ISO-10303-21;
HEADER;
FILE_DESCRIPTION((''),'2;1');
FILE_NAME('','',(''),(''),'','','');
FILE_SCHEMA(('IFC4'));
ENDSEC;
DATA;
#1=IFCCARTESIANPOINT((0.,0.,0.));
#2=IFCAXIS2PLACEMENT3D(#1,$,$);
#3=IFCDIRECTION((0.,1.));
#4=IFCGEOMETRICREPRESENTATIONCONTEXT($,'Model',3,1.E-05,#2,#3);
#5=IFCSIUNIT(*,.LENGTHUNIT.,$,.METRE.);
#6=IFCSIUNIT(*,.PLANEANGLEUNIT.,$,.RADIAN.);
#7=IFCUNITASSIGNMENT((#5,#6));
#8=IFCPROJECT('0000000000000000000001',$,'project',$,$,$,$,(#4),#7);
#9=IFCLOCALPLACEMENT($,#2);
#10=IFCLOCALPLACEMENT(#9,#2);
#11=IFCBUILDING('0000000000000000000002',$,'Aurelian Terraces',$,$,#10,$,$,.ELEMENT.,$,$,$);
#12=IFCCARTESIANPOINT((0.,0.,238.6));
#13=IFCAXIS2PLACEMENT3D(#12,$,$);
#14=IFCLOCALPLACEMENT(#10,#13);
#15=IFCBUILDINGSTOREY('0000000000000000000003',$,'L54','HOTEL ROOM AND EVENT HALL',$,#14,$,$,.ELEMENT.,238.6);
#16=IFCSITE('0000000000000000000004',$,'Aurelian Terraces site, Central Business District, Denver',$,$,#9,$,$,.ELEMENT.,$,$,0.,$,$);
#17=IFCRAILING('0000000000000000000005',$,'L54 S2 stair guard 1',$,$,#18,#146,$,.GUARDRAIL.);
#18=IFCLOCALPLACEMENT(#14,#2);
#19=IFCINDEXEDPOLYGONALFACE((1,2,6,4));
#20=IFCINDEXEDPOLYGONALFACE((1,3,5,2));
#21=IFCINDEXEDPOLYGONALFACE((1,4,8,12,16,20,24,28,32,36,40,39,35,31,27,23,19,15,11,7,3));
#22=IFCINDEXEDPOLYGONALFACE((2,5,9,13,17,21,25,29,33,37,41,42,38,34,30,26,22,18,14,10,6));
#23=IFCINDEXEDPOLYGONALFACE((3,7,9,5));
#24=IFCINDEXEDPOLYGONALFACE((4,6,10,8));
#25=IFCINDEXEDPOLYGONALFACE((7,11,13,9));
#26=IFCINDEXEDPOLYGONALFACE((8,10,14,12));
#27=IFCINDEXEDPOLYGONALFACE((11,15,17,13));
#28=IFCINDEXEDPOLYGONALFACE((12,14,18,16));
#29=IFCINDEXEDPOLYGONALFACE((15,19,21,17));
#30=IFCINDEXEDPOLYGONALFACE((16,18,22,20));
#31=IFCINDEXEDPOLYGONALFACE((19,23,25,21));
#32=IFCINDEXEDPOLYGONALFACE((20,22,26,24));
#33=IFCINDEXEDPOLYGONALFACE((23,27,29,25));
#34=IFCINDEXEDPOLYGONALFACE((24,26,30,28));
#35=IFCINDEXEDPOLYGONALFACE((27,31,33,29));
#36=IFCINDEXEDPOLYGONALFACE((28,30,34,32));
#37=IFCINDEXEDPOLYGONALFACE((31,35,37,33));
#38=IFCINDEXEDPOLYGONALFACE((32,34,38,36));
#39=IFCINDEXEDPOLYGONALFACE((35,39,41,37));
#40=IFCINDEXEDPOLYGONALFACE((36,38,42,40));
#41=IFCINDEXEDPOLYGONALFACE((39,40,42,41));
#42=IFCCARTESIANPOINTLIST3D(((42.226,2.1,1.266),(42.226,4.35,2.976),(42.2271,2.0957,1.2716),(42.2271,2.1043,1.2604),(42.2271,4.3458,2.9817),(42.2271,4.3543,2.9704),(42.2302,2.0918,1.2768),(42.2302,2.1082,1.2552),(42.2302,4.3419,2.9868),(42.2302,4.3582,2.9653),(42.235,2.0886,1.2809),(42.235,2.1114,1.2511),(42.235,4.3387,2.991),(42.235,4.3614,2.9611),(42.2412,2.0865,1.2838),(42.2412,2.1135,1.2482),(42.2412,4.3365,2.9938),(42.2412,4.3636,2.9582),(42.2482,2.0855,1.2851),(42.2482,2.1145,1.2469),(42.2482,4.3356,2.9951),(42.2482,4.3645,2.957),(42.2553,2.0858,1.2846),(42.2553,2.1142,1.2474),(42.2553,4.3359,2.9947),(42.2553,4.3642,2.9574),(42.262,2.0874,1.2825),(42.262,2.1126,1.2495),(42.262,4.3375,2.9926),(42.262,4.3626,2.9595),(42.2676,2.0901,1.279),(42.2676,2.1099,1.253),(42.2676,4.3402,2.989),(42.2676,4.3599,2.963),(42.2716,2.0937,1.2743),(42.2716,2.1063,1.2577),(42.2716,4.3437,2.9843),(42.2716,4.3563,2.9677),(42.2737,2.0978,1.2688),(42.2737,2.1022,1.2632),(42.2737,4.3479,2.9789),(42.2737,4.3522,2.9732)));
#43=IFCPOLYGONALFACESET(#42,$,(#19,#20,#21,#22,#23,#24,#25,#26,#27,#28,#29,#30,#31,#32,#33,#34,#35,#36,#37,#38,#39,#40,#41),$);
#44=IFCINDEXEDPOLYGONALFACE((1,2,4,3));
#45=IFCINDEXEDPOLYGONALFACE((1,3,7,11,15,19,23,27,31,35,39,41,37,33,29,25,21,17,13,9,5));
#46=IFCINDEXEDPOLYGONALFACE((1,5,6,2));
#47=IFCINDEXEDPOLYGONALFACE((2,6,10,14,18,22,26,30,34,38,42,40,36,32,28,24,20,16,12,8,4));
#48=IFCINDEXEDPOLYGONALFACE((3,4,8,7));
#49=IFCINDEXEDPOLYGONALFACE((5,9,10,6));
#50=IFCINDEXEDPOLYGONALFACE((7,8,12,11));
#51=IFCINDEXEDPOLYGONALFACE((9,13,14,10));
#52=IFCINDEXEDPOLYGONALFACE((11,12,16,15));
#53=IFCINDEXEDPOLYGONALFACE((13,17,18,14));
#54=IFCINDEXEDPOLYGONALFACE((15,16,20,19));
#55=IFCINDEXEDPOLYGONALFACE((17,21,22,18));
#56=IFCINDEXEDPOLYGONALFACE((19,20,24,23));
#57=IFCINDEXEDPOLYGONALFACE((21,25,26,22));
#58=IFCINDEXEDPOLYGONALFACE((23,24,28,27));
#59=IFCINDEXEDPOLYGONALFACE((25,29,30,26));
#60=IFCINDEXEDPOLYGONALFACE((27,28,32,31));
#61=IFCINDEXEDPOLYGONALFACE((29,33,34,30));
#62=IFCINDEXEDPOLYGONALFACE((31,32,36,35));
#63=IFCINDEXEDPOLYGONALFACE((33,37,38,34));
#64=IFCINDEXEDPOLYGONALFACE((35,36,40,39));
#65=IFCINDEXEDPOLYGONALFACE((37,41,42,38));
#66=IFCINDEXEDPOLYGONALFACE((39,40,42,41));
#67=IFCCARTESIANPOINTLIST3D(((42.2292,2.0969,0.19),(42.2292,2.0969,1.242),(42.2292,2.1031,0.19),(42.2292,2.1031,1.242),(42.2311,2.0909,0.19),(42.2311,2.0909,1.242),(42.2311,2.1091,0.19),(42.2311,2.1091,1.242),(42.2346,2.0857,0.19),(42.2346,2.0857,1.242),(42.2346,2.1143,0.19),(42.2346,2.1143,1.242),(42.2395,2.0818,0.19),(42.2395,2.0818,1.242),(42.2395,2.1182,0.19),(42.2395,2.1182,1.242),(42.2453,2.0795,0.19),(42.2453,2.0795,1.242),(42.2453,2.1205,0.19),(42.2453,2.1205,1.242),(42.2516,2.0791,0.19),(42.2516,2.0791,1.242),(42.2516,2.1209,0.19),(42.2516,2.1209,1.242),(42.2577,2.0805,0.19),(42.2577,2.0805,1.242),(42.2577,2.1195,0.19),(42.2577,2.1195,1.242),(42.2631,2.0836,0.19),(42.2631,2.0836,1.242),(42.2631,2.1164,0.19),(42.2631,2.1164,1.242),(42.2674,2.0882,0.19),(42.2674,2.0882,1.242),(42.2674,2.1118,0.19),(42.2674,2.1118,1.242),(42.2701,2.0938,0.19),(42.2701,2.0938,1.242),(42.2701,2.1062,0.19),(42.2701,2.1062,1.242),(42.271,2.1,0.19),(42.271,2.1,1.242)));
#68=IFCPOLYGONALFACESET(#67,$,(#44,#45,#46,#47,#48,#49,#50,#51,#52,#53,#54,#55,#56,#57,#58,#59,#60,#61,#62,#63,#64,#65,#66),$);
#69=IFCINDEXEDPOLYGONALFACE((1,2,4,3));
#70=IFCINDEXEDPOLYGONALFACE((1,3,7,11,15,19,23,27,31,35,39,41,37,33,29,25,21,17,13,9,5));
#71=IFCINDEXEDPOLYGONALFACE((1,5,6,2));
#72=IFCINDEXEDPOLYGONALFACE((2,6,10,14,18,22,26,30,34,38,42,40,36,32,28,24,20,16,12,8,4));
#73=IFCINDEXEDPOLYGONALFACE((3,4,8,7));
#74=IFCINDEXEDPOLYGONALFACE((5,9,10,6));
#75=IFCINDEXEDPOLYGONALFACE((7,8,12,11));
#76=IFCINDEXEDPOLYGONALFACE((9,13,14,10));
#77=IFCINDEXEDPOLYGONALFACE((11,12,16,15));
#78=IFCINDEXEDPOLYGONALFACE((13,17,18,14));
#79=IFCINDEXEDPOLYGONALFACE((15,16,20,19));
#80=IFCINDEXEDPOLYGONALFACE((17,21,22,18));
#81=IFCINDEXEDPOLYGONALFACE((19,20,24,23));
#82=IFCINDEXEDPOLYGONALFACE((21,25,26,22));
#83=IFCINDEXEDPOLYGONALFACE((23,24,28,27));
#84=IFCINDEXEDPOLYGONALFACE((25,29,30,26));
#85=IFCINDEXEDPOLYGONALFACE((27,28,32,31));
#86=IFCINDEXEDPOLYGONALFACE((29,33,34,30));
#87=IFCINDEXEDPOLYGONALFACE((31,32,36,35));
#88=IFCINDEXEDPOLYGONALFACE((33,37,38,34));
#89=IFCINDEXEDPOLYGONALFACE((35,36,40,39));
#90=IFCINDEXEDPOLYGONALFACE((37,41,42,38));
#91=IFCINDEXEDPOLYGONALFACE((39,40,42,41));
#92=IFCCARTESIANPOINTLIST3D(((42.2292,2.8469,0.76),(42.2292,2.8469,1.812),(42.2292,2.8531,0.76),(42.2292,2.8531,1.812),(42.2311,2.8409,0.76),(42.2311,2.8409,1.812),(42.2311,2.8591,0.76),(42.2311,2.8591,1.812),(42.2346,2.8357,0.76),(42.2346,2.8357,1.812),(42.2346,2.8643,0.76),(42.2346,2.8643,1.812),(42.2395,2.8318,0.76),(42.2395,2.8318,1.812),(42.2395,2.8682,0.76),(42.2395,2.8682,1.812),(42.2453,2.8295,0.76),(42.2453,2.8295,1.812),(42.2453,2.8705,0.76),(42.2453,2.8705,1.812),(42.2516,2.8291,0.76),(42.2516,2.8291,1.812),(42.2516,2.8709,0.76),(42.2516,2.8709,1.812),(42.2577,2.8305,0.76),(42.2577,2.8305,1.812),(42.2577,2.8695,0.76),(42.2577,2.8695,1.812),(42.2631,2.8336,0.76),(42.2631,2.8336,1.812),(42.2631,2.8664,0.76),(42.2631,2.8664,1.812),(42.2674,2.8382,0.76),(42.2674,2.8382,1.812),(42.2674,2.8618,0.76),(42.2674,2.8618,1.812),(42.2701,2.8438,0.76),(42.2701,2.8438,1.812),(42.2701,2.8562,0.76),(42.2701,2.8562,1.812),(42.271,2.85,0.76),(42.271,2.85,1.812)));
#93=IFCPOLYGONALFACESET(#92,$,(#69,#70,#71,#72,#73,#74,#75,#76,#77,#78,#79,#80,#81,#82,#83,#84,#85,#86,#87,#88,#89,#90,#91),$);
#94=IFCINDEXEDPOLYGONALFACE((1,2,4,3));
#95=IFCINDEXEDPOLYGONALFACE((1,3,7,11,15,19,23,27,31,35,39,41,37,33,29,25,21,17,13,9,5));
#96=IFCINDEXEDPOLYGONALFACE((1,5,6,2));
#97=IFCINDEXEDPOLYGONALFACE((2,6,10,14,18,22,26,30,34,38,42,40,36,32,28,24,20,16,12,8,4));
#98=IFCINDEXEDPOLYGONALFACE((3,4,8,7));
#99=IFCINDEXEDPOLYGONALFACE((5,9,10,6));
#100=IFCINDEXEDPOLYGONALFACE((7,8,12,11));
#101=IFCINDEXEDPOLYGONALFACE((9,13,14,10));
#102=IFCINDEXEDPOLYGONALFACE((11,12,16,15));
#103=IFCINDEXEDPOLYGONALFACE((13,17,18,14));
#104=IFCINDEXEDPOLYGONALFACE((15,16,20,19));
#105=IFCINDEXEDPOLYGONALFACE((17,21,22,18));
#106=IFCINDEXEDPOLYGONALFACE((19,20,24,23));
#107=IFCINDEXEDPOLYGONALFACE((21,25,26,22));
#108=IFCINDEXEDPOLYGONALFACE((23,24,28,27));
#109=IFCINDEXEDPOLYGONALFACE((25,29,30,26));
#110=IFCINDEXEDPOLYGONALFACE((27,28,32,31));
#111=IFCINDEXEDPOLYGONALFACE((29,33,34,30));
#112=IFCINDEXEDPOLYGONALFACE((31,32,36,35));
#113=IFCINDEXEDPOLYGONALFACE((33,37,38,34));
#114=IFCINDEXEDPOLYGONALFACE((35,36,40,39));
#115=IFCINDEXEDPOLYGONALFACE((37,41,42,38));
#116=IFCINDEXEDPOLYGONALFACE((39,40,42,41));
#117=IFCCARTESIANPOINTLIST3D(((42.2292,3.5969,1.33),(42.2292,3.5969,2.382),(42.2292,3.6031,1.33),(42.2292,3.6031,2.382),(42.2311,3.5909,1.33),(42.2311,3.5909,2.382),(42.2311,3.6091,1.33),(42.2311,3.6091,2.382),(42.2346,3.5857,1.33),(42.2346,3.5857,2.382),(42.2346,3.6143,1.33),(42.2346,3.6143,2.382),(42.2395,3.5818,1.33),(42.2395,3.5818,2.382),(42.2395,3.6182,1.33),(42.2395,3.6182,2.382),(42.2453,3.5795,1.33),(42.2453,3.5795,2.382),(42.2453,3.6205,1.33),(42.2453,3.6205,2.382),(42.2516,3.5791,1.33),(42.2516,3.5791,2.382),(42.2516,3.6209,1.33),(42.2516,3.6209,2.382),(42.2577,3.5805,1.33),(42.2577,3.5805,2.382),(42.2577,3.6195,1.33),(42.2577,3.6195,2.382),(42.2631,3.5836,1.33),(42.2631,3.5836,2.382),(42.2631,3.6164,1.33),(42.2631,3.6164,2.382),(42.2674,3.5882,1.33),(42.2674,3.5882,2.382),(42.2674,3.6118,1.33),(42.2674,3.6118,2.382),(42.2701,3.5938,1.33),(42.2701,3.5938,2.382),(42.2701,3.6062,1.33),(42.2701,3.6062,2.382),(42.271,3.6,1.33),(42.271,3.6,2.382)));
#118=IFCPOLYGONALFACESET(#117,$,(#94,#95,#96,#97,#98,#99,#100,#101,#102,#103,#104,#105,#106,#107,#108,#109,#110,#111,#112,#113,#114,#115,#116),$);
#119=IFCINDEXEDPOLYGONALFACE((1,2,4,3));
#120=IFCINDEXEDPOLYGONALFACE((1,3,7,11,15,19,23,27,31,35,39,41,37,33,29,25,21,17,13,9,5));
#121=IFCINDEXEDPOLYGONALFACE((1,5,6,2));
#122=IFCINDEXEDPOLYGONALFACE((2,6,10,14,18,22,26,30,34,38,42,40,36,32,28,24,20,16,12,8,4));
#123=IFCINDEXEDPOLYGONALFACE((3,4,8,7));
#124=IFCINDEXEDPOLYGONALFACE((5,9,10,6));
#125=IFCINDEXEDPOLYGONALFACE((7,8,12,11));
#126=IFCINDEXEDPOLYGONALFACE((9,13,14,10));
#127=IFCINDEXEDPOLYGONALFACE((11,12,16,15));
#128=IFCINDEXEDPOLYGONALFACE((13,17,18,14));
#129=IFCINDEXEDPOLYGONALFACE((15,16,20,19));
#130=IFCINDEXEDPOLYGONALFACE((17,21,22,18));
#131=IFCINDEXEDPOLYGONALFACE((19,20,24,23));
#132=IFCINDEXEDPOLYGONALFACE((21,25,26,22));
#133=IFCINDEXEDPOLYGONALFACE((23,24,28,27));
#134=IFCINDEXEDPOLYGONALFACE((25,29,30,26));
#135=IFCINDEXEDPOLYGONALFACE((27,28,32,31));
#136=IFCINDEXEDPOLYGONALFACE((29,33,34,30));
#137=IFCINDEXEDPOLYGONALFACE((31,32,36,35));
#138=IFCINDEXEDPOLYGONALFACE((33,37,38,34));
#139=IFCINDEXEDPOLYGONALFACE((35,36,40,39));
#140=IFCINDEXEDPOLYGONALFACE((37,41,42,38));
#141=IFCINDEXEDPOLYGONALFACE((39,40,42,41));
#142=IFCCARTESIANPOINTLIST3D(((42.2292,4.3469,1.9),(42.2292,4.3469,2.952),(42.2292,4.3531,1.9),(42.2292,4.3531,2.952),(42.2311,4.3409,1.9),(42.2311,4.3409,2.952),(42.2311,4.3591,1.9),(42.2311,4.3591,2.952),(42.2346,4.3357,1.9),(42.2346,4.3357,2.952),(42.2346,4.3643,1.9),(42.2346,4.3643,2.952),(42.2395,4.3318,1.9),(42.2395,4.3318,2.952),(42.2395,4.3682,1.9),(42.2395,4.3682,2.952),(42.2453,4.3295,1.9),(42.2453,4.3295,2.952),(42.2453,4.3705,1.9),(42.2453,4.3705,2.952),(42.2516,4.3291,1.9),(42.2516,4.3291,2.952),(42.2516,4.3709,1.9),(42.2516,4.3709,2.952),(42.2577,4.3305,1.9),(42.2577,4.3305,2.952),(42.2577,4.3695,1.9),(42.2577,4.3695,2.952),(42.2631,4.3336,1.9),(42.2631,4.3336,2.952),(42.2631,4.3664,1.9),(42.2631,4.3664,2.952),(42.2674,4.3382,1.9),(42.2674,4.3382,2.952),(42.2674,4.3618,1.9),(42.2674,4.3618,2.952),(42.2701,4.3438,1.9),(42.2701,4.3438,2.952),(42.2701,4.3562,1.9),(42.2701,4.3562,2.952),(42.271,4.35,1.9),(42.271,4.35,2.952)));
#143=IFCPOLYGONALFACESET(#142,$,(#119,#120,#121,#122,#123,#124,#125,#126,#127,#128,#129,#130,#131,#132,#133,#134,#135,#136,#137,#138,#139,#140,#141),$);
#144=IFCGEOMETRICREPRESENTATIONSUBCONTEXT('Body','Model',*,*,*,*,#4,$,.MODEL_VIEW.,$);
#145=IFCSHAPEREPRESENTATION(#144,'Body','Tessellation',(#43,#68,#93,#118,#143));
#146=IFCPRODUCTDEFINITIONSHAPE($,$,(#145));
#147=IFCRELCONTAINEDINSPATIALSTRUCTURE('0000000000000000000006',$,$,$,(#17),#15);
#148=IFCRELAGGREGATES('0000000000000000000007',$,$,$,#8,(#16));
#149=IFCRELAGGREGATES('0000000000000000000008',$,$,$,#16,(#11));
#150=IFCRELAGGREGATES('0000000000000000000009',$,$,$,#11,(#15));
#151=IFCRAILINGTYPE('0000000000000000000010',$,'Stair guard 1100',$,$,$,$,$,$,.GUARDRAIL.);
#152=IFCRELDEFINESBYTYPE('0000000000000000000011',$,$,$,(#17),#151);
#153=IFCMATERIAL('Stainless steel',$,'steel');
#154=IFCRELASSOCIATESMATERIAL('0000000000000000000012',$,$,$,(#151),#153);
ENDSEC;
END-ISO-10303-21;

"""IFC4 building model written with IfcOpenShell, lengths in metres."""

from ifc_helpers import new_model, si_unit, direction, frame, origin, origin_2d, place, context, subcontext, project, spatial, circle, extrude, source, transform, mapped, material, type_object, element, save


model = new_model("IFC4")

# Units and contexts
model_context = context("Model", 3, precision=1e-05, world=origin(), true_north=direction((0.0, 1.0)))
body_context = subcontext(model_context, "Body", "Model", "MODEL_VIEW")
ifc_project = project(units=[si_unit("LENGTHUNIT", "METRE"), si_unit("PLANEANGLEUNIT", "RADIAN")], contexts=[model_context])

# Site, building, storey
site_placement = place(None, origin())
site = spatial("IfcSite", under=ifc_project, at=site_placement, Name="Aurelian Terraces site, Central Business District, Denver", CompositionType="ELEMENT", RefElevation=0.0)
building_placement = place(site_placement, origin())
building = spatial("IfcBuilding", under=site, at=building_placement, Name="Aurelian Terraces", CompositionType="ELEMENT")
storey_placement = place(building_placement, frame((0.0, 0.0, 238.6)))
storey = spatial("IfcBuildingStorey", under=building, at=storey_placement, Name="L54", Description="HOTEL ROOM AND EVENT HALL", CompositionType="ELEMENT", Elevation=238.6)

# Railing
ifc_material_1 = material(Name="Stainless steel", Category="steel")
railing_type_1 = type_object("IfcRailingType", Name="Stair guard 1100", PredefinedType="GUARDRAIL", material=ifc_material_1)
shared_shape_1 = source(origin(), body_context, "Body", "SweptSolid", [
    extrude(circle(Radius=0.024, at=origin_2d()), frame((0.0, 0.0, 1.076), z_axis=(0.0, 0.796162, 0.605083), x_axis=(-1.0, 0.0, 0.0)), (0.0, 0.0, 1.0), 2.8261),
    extrude(circle(Radius=0.021, at=origin_2d()), origin(), (0.0, 0.0, 1.0), 1.052),
    extrude(circle(Radius=0.021, at=origin_2d()), frame((0.0, 0.75, 0.57)), (0.0, 0.0, 1.0), 1.052),
    extrude(circle(Radius=0.021, at=origin_2d()), frame((0.0, 1.5, 1.14)), (0.0, 0.0, 1.0), 1.052),
    extrude(circle(Radius=0.021, at=origin_2d()), frame((0.0, 2.25, 1.71)), (0.0, 0.0, 1.0), 1.052),
])
railing_1_placement = place(storey_placement, frame((42.25, 2.1, 0.19)))
element("IfcRailing", 1, at=railing_1_placement, inside=storey, type_object=railing_type_1, Name="L54 S2 stair guard 1", PredefinedType="GUARDRAIL", context=body_context, shape_type="MappedRepresentation", body=[
    mapped(shared_shape_1, transform((0.0, 0.0, 0.0), scale=1.0)),
])

save(model, "model.ifc")
